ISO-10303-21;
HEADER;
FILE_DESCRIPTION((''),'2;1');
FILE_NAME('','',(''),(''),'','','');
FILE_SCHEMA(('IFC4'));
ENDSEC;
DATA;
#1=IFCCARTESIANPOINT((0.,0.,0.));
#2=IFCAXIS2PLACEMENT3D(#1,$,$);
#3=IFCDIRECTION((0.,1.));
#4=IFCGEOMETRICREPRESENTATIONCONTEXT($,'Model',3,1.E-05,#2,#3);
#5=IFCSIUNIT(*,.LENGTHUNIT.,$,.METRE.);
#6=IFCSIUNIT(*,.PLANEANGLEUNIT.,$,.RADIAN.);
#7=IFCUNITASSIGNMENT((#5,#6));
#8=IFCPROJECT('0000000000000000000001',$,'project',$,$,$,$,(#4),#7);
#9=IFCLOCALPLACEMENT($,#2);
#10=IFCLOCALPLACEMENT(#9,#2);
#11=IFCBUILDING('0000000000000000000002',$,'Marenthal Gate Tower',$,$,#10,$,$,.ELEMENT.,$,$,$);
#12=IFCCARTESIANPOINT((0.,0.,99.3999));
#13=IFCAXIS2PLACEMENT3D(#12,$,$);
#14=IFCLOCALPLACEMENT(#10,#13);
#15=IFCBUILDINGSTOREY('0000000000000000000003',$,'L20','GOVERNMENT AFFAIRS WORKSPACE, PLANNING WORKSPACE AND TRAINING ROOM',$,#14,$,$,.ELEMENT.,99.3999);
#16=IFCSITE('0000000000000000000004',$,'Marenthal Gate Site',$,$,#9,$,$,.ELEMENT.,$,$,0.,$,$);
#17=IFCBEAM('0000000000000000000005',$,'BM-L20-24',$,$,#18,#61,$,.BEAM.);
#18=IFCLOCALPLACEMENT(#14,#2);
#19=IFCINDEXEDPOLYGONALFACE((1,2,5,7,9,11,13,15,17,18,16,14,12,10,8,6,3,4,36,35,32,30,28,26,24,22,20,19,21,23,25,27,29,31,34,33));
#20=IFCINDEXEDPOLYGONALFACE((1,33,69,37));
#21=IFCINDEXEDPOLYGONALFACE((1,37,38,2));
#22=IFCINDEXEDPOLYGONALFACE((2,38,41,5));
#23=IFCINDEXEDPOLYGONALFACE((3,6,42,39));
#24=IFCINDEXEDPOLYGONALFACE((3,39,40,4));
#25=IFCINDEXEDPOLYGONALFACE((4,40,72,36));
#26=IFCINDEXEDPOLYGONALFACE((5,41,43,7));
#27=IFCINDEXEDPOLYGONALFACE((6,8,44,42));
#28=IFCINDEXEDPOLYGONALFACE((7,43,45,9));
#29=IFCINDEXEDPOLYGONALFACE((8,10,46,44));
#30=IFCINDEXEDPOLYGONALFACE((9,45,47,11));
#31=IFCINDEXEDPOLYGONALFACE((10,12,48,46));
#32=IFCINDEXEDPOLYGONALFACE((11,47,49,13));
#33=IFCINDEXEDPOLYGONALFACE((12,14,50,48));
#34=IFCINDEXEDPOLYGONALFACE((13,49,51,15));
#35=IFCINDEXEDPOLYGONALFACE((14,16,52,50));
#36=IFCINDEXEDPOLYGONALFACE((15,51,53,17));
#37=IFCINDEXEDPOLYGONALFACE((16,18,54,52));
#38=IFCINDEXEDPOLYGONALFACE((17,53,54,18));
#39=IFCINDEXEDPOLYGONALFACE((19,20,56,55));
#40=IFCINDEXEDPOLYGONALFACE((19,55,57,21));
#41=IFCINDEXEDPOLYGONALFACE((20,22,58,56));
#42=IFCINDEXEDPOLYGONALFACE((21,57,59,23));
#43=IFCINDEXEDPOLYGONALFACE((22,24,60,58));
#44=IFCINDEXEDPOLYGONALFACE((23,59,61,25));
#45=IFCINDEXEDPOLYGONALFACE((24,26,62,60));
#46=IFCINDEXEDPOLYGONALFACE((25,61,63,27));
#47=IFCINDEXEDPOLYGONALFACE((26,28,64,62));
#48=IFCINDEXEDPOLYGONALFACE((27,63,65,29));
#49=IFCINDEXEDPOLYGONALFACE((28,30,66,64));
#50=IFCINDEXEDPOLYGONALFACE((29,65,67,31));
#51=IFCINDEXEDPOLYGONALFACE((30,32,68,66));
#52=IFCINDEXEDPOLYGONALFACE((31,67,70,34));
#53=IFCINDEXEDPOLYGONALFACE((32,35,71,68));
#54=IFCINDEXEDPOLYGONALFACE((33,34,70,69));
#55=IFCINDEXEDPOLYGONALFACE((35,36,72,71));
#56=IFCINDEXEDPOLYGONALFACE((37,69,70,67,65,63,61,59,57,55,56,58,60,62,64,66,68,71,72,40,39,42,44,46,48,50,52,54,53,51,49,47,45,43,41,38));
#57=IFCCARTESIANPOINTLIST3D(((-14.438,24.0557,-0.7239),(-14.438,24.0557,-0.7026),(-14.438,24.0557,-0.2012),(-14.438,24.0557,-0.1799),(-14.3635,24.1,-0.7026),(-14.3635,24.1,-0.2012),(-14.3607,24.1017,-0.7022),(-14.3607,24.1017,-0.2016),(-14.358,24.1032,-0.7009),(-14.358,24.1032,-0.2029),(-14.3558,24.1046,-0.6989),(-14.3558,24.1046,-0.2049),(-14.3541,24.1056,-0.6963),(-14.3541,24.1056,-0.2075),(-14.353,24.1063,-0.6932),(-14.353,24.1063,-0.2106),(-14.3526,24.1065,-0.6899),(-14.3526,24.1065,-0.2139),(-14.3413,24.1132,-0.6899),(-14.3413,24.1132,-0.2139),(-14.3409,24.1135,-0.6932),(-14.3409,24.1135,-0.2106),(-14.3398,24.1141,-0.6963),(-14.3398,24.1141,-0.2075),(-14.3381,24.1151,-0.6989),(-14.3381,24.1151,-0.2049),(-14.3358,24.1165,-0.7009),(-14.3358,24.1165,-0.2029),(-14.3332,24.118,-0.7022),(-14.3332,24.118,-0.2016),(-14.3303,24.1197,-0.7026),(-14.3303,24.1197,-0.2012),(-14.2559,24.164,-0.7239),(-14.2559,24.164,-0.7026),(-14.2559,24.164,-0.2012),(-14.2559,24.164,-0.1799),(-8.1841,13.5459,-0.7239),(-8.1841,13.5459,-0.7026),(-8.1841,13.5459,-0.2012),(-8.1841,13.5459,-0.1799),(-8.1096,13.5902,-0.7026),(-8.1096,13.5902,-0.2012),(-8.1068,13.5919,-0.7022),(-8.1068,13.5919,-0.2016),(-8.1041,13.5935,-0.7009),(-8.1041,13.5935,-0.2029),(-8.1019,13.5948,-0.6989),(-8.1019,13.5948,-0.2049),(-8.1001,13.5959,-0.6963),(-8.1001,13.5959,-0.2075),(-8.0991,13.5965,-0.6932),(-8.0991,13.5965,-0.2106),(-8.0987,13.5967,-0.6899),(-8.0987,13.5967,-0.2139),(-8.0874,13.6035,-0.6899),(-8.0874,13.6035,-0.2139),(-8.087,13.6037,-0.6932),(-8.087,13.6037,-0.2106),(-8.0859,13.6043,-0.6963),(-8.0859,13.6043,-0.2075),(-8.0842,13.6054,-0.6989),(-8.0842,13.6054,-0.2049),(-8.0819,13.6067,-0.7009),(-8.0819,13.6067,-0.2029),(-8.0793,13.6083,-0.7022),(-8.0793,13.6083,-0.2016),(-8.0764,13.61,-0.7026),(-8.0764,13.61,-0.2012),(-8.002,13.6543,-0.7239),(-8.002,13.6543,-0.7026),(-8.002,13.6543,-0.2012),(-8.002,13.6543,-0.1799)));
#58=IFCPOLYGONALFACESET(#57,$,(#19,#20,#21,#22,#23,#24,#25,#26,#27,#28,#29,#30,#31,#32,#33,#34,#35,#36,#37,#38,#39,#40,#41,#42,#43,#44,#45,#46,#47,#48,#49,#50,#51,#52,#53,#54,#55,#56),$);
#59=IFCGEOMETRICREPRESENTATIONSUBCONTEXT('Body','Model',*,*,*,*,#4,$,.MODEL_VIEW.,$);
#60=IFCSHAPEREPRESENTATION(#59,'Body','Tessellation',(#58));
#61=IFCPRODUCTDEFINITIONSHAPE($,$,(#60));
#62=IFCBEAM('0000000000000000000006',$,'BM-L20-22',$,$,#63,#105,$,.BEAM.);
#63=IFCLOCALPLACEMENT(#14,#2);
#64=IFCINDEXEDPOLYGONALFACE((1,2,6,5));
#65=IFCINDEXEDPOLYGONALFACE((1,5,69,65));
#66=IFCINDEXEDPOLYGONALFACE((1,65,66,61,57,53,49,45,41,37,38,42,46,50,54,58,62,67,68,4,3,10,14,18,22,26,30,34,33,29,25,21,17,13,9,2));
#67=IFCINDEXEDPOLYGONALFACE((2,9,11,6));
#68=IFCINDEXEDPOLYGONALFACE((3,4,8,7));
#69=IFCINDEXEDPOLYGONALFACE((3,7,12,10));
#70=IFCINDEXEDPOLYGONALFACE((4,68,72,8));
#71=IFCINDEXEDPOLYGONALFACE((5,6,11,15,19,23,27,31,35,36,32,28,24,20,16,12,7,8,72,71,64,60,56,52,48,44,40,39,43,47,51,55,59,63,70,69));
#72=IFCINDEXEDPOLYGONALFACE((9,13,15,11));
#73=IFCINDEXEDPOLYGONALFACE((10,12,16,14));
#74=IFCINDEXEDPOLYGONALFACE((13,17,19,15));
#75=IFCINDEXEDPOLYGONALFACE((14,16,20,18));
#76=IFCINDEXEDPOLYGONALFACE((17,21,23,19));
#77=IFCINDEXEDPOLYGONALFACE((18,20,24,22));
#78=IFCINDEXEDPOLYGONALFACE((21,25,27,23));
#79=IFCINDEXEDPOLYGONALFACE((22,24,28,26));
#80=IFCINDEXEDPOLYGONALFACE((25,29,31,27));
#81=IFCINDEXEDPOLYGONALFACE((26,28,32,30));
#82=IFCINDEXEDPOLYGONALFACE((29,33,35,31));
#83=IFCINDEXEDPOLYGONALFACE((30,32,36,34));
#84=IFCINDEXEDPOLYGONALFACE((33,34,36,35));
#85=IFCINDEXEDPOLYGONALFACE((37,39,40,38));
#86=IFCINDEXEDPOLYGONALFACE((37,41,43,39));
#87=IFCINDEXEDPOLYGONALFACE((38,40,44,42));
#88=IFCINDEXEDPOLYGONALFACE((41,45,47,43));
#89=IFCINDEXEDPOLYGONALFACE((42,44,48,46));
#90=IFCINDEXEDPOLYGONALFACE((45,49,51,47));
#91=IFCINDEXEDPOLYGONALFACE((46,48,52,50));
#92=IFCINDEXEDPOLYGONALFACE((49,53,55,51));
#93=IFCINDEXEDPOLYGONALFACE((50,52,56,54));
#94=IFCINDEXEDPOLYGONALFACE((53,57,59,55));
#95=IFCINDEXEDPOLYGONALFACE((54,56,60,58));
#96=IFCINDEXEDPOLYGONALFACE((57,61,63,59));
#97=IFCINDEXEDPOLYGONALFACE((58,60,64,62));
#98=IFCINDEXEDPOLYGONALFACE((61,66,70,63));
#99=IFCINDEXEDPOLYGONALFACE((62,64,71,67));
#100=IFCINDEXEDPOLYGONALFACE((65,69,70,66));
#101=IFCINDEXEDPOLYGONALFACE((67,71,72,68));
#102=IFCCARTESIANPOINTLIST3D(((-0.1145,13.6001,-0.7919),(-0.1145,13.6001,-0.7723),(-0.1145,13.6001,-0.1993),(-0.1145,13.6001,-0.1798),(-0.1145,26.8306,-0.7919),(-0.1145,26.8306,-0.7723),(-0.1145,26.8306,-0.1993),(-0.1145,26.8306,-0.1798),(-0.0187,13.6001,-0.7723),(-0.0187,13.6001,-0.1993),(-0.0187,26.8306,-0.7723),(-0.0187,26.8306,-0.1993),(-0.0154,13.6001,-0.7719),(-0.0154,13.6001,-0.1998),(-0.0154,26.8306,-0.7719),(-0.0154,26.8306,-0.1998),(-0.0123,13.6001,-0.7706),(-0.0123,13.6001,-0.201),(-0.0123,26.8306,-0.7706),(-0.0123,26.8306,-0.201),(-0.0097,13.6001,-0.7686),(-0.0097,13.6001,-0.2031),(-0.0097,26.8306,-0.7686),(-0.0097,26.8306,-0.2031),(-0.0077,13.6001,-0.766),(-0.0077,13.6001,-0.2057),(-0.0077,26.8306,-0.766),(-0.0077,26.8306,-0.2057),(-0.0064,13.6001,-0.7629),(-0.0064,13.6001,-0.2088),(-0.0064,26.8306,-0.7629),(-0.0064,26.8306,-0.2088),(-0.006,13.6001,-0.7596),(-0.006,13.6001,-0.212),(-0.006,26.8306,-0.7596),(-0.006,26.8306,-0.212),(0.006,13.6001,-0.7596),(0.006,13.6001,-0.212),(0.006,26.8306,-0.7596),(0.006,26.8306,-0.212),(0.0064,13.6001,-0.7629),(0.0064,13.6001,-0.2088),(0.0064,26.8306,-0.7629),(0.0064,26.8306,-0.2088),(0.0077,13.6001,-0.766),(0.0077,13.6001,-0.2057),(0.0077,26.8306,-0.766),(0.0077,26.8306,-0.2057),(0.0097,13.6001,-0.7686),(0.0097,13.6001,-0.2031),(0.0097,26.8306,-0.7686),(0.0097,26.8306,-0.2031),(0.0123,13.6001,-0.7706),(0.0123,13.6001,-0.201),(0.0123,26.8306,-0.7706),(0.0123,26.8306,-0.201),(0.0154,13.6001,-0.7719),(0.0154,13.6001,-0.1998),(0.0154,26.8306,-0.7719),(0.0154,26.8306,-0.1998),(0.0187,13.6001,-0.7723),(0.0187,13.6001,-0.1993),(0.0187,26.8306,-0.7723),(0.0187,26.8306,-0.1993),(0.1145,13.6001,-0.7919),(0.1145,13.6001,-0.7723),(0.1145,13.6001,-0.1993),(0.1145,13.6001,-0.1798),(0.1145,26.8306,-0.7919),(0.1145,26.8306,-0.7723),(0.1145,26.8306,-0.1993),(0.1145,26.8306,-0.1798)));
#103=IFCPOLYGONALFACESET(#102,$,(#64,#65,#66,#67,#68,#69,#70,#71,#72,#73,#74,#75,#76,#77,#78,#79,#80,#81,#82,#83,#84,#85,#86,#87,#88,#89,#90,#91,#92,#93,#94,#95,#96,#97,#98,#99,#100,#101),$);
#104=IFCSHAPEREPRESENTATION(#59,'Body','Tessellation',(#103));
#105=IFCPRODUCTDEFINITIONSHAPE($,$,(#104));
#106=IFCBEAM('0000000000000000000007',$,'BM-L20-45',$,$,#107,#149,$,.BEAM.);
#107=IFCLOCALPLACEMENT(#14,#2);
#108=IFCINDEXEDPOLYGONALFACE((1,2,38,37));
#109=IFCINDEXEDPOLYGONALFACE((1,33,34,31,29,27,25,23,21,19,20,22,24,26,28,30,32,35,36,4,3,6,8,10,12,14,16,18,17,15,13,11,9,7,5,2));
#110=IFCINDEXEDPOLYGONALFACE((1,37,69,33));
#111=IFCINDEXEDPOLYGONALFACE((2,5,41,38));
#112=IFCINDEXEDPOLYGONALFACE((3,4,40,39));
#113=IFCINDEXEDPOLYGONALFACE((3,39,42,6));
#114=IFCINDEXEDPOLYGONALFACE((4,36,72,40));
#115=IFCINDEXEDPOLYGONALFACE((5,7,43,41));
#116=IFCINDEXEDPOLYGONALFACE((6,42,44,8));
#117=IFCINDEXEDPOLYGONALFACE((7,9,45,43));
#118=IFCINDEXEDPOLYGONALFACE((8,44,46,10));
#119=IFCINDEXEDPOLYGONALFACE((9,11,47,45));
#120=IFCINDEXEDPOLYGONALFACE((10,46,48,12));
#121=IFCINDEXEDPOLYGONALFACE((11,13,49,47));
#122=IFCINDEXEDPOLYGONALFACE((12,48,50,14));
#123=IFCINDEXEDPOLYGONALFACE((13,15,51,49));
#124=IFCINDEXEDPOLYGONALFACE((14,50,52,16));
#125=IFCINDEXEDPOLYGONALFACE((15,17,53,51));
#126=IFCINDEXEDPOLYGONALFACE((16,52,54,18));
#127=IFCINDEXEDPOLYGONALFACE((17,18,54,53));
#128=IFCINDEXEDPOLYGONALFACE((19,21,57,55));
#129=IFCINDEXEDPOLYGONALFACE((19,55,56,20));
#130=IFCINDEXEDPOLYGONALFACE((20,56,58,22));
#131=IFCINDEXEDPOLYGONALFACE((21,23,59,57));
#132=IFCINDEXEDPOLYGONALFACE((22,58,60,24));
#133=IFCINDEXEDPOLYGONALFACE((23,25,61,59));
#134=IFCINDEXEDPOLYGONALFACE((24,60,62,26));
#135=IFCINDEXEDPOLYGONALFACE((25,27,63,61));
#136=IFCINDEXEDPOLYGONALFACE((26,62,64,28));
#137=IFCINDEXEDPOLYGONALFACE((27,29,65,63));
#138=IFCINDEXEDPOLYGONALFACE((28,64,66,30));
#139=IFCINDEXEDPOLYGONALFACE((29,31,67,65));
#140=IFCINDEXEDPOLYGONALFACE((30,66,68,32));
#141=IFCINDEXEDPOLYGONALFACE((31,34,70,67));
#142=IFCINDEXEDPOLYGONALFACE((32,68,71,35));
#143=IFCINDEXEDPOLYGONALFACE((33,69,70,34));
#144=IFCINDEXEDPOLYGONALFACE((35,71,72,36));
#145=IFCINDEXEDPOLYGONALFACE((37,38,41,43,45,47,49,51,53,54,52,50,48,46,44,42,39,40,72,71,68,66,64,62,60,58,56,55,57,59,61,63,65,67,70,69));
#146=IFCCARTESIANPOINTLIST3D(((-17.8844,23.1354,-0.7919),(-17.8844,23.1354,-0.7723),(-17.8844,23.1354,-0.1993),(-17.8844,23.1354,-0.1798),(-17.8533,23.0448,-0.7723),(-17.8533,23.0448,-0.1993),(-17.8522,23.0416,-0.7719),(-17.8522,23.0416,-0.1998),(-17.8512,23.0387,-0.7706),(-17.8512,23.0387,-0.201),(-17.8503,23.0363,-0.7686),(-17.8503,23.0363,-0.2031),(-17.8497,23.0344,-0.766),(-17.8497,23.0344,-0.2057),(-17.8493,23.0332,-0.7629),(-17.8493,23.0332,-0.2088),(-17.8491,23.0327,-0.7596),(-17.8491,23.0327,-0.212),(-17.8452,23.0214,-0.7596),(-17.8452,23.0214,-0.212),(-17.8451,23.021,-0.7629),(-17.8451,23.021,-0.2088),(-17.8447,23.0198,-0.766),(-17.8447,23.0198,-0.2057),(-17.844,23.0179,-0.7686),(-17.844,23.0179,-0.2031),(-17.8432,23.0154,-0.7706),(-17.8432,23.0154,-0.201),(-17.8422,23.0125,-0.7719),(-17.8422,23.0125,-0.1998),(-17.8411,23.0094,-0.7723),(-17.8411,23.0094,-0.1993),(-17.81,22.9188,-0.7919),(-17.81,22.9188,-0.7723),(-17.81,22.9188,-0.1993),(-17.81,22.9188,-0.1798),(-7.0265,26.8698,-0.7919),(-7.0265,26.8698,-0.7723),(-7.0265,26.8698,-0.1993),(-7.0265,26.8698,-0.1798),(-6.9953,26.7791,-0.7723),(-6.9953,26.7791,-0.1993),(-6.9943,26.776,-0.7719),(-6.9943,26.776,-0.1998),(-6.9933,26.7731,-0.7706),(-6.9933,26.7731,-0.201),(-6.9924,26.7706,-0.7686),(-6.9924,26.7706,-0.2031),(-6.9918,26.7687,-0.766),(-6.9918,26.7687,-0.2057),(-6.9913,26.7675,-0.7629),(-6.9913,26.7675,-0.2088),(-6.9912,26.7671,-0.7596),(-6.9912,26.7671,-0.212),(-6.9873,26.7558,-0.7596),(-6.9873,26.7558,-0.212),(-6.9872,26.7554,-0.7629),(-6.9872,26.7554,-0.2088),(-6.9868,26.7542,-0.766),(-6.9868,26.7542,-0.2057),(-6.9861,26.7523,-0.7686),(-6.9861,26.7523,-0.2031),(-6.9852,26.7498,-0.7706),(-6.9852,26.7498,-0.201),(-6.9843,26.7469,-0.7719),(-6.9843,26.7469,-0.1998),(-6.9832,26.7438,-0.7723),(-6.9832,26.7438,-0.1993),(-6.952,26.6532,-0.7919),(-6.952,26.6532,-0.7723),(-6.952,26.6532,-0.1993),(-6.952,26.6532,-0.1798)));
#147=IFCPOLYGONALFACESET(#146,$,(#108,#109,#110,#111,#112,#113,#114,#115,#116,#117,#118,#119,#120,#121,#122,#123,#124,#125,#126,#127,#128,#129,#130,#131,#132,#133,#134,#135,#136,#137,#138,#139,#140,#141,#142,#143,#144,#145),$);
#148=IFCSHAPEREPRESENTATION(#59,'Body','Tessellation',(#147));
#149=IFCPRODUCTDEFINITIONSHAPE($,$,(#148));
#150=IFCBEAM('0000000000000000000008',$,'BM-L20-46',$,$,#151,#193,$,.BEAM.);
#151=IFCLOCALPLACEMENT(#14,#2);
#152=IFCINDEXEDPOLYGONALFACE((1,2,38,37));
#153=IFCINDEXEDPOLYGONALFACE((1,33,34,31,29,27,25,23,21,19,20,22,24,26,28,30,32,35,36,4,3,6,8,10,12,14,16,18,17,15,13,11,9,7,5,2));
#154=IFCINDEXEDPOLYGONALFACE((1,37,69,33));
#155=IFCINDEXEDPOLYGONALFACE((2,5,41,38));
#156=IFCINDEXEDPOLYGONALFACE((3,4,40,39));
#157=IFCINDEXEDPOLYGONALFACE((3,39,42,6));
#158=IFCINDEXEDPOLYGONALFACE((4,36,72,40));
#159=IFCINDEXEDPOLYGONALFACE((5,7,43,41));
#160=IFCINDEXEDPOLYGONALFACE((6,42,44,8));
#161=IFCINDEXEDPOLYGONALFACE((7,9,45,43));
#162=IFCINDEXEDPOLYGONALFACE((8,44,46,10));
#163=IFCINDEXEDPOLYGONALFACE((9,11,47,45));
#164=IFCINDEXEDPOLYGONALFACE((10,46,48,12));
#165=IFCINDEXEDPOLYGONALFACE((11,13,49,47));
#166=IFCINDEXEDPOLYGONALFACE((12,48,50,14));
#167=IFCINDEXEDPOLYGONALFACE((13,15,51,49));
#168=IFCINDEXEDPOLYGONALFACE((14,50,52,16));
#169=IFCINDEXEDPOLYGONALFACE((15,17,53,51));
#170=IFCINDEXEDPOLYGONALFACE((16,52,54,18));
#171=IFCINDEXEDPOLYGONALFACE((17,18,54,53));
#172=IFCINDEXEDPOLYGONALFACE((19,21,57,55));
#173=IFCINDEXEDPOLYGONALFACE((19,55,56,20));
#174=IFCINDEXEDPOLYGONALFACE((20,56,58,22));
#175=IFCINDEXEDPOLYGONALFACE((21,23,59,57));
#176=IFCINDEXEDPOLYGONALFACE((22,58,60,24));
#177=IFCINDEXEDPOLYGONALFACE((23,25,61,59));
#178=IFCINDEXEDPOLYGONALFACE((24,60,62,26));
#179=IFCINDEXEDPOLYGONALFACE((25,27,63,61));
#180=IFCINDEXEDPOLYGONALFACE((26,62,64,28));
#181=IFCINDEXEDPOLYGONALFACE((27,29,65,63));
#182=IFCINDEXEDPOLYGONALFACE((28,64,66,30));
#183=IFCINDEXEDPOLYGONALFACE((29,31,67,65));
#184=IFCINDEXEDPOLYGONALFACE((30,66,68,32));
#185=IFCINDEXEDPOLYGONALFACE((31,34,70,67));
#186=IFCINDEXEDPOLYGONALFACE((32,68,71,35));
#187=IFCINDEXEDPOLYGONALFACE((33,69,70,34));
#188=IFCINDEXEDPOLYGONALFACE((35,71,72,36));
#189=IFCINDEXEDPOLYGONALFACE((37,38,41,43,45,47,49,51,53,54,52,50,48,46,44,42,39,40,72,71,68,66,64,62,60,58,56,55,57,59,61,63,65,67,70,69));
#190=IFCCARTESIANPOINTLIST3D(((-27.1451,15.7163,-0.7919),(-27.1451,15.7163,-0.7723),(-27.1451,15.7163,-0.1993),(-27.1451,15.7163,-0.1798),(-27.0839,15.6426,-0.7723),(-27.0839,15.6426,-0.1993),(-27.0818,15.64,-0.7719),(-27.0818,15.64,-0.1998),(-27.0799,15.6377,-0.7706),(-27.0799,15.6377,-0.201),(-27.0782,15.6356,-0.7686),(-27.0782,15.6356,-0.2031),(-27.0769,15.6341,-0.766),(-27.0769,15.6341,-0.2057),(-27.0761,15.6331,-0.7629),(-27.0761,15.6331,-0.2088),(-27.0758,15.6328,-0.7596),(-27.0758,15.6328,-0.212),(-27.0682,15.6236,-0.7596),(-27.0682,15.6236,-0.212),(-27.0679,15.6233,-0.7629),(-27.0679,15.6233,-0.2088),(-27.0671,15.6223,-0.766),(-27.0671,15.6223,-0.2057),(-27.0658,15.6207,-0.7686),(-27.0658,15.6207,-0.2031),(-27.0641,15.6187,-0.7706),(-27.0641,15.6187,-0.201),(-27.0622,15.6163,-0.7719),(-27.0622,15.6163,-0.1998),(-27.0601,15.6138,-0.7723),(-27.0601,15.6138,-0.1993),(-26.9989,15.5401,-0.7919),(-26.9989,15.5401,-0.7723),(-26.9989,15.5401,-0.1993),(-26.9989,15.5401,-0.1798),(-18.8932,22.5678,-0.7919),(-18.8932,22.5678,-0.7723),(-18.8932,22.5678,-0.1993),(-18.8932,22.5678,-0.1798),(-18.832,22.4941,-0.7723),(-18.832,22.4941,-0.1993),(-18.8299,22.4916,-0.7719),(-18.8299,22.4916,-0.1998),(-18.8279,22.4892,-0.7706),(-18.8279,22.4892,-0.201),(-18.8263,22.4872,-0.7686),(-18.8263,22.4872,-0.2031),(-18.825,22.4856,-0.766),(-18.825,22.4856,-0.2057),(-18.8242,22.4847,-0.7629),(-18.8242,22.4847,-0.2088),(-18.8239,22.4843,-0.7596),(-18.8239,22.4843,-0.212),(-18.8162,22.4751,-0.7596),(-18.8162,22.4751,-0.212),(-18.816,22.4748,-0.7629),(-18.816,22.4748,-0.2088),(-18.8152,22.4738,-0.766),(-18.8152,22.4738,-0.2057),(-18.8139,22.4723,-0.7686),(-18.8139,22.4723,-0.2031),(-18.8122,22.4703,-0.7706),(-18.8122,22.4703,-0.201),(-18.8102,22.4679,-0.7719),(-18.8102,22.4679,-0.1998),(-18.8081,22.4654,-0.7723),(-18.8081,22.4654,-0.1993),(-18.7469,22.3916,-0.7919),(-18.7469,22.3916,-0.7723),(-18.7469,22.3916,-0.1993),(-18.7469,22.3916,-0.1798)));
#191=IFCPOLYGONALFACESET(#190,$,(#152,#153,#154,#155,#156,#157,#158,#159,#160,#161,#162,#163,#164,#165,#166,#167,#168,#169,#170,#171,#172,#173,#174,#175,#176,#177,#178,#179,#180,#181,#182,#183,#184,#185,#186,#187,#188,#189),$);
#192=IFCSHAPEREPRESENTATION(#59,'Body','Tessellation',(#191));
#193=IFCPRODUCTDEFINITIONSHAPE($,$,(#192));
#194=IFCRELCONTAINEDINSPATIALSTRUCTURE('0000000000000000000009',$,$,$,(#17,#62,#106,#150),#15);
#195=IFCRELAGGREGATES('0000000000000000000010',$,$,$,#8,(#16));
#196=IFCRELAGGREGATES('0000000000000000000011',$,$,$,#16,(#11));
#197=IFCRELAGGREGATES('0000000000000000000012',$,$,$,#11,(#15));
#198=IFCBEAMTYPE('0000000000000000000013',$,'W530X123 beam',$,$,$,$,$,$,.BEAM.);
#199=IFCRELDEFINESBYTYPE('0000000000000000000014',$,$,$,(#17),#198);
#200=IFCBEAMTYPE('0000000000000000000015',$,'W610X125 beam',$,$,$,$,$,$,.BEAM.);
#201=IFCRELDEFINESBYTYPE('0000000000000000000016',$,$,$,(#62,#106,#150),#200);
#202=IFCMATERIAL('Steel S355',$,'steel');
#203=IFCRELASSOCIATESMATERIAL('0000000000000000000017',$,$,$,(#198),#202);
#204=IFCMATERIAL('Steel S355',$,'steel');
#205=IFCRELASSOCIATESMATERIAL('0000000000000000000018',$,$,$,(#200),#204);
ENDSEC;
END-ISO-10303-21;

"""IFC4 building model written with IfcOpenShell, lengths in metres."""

from ifc_helpers import new_model, si_unit, direction, frame, origin, origin_2d, place, context, subcontext, project, spatial, i_section, extrude, material, material_profile, profile_set, type_object, element, save


model = new_model("IFC4")

# Units and contexts
model_context = context("Model", 3, precision=1e-05, world=origin(), true_north=direction((0.0, 1.0)))
body_context = subcontext(model_context, "Body", "Model", "MODEL_VIEW")
ifc_project = project(units=[si_unit("LENGTHUNIT", "METRE"), si_unit("PLANEANGLEUNIT", "RADIAN")], contexts=[model_context])

# Site, building, storey
site_placement = place(None, origin())
site = spatial("IfcSite", under=ifc_project, at=site_placement, Name="Marenthal Gate Site", CompositionType="ELEMENT", RefElevation=0.0)
building_placement = place(site_placement, origin())
building = spatial("IfcBuilding", under=site, at=building_placement, Name="Marenthal Gate Tower", CompositionType="ELEMENT")
storey_placement = place(building_placement, frame((0.0, 0.0, 99.3999)))
storey = spatial("IfcBuildingStorey", under=building, at=storey_placement, Name="L20", Description="GOVERNMENT AFFAIRS WORKSPACE, PLANNING WORKSPACE AND TRAINING ROOM", CompositionType="ELEMENT", Elevation=99.3999)

# Beams
ifc_material_1 = material(Name="Steel S355", Category="steel")
ifc_material_profile_1 = material_profile(ifc_material_1, i_section(OverallWidth=0.2119, OverallDepth=0.5439, WebThickness=0.0132, FlangeThickness=0.0212, FilletRadius=0.0127, at=origin_2d()), Name="W530X123")
ifc_profile_set_1 = profile_set([ifc_material_profile_1], Name="Steel S355")
beam_type_1 = type_object("IfcBeamType", Name="W530X123 beam", PredefinedType="BEAM", material=ifc_profile_set_1)
beam_1_placement = place(storey_placement, frame((-14.3469, 24.1099, -0.4519), z_axis=(0.511369, -0.859361, 0.0), x_axis=(0.859361, 0.511369, 0.0)))
element("IfcBeam", 1, at=beam_1_placement, inside=storey, type_object=beam_type_1, Name="BM-L20-24", PredefinedType="BEAM", context=body_context, shape_type="SweptSolid", body=[
    extrude(i_section(OverallWidth=0.2119, OverallDepth=0.5439, WebThickness=0.0132, FlangeThickness=0.0212, FilletRadius=0.0127, at=origin_2d()), origin(), (0.0, 0.0, 1.0), 12.2297),
])
ifc_material_2 = material(Name="Steel S355", Category="steel")
ifc_material_profile_2 = material_profile(ifc_material_2, i_section(OverallWidth=0.229, OverallDepth=0.6121, WebThickness=0.012, FlangeThickness=0.0195, FilletRadius=0.0127, at=origin_2d()), Name="W610X125")
ifc_profile_set_2 = profile_set([ifc_material_profile_2], Name="Steel S355")
beam_type_2 = type_object("IfcBeamType", Name="W610X125 beam", PredefinedType="BEAM", material=ifc_profile_set_2)
beam_2_placement = place(storey_placement, frame((0.0, 26.8306, -0.4858), z_axis=(0.0, -1.0, 0.0), x_axis=(1.0, 0.0, 0.0)))
element("IfcBeam", 2, at=beam_2_placement, inside=storey, type_object=beam_type_2, Name="BM-L20-22", PredefinedType="BEAM", context=body_context, shape_type="SweptSolid", body=[
    extrude(i_section(OverallWidth=0.229, OverallDepth=0.6121, WebThickness=0.012, FlangeThickness=0.0195, FilletRadius=0.0127, at=origin_2d()), origin(), (0.0, 0.0, 1.0), 13.2305),
])
beam_3_placement = place(storey_placement, frame((-6.9893, 26.7615, -0.4858), z_axis=(-0.945634, -0.325233, 0.0), x_axis=(0.325233, -0.945634, 0.0)))
element("IfcBeam", 3, at=beam_3_placement, inside=storey, type_object=beam_type_2, Name="BM-L20-45", PredefinedType="BEAM", context=body_context, shape_type="SweptSolid", body=[
    extrude(i_section(OverallWidth=0.229, OverallDepth=0.6121, WebThickness=0.012, FlangeThickness=0.0195, FilletRadius=0.0127, at=origin_2d()), origin(), (0.0, 0.0, 1.0), 11.4822),
])
beam_4_placement = place(storey_placement, frame((-18.8201, 22.4797, -0.4858), z_axis=(-0.769369, -0.638804, 0.0), x_axis=(0.638804, -0.769369, 0.0)))
element("IfcBeam", 4, at=beam_4_placement, inside=storey, type_object=beam_type_2, Name="BM-L20-46", PredefinedType="BEAM", context=body_context, shape_type="SweptSolid", body=[
    extrude(i_section(OverallWidth=0.229, OverallDepth=0.6121, WebThickness=0.012, FlangeThickness=0.0195, FilletRadius=0.0127, at=origin_2d()), origin(), (0.0, 0.0, 1.0), 10.7256),
])

save(model, "model.ifc")
